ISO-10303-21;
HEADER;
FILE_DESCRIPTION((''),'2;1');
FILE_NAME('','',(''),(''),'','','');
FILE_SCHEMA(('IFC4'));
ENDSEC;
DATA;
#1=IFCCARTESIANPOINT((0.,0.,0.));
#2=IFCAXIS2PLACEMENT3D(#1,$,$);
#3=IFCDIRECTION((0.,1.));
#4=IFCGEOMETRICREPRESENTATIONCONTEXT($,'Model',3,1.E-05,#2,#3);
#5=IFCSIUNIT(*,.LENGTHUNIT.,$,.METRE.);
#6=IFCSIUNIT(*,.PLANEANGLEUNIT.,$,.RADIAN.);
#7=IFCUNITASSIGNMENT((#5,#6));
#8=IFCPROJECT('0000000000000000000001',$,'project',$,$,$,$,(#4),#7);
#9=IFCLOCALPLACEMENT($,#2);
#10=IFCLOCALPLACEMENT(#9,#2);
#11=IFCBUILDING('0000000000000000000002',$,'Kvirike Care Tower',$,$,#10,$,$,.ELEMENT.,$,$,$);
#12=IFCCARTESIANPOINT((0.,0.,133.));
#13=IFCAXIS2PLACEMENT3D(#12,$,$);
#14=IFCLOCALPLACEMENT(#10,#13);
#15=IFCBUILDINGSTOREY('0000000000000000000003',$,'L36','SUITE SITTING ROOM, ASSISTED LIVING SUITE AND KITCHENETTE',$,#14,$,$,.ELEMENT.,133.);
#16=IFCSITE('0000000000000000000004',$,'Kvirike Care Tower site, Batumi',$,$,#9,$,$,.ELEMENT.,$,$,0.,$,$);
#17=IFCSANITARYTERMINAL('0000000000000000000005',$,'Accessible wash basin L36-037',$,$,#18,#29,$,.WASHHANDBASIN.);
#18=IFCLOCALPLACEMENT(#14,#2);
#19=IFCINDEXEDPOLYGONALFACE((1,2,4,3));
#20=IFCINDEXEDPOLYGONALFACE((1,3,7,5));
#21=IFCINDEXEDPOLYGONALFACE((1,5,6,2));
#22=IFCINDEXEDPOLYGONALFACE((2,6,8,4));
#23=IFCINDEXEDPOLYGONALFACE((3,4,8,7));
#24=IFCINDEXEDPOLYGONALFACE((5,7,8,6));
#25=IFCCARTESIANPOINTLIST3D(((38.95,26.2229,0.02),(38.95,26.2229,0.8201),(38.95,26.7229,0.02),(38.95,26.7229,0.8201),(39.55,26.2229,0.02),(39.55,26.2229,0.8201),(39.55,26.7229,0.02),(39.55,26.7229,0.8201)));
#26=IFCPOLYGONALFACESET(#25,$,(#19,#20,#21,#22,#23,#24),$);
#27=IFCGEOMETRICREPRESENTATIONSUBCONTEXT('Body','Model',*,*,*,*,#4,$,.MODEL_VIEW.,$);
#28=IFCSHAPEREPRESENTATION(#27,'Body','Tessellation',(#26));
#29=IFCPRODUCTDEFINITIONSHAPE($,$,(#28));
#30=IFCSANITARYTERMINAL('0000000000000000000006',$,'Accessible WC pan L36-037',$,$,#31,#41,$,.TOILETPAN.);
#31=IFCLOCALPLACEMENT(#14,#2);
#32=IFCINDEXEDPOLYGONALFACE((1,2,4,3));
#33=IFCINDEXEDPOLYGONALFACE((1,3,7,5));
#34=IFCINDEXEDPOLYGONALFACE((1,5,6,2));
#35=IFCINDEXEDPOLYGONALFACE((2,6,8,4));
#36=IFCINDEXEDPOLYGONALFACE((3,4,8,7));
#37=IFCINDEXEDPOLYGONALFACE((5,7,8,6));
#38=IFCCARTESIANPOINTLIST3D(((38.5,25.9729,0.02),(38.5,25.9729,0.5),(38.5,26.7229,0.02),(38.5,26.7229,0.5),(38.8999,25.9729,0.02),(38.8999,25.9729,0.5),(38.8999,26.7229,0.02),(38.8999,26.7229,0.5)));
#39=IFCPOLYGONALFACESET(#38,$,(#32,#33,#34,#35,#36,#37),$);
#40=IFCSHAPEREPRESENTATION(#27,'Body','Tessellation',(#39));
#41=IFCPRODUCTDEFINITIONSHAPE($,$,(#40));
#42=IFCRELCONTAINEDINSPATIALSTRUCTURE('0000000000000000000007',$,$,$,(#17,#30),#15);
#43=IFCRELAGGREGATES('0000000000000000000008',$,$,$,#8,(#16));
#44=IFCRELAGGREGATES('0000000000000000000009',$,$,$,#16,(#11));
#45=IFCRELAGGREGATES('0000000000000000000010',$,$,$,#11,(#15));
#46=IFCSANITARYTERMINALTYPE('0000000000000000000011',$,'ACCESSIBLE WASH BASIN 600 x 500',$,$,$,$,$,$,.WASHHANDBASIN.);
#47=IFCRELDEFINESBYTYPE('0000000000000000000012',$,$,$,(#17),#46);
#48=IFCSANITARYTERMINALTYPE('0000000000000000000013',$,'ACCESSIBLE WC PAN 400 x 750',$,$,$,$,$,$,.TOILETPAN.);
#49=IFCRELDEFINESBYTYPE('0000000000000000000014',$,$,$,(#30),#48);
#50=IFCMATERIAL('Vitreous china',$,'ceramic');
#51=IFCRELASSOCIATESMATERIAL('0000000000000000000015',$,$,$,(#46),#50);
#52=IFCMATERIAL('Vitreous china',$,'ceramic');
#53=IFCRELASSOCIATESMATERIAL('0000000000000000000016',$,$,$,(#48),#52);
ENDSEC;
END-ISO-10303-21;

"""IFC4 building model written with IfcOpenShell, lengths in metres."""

from ifc_helpers import new_model, si_unit, direction, frame, origin, origin_2d, place, context, subcontext, project, spatial, rectangle, extrude, material, type_object, element, save


model = new_model("IFC4")

# Units and contexts
model_context = context("Model", 3, precision=1e-05, world=origin(), true_north=direction((0.0, 1.0)))
body_context = subcontext(model_context, "Body", "Model", "MODEL_VIEW")
ifc_project = project(units=[si_unit("LENGTHUNIT", "METRE"), si_unit("PLANEANGLEUNIT", "RADIAN")], contexts=[model_context])

# Site, building, storey
site_placement = place(None, origin())
site = spatial("IfcSite", under=ifc_project, at=site_placement, Name="Kvirike Care Tower site, Batumi", CompositionType="ELEMENT", RefElevation=0.0)
building_placement = place(site_placement, origin())
building = spatial("IfcBuilding", under=site, at=building_placement, Name="Kvirike Care Tower", CompositionType="ELEMENT")
storey_placement = place(building_placement, frame((0.0, 0.0, 133.0)))
storey = spatial("IfcBuildingStorey", under=building, at=storey_placement, Name="L36", Description="SUITE SITTING ROOM, ASSISTED LIVING SUITE AND KITCHENETTE", CompositionType="ELEMENT", Elevation=133.0)

# Sanitary terminals
ifc_material_1 = material(Name="Vitreous china", Category="ceramic")
sanitary_terminal_type_1 = type_object("IfcSanitaryTerminalType", Name="ACCESSIBLE WASH BASIN 600 x 500", PredefinedType="WASHHANDBASIN", material=ifc_material_1)
sanitary_terminal_1_placement = place(storey_placement, frame((39.25, 26.4729, 0.02), z_axis=(0.0, 0.0, 1.0), x_axis=(1.0, 0.0, 0.0)))
element("IfcSanitaryTerminal", 1, at=sanitary_terminal_1_placement, inside=storey, type_object=sanitary_terminal_type_1, Name="Accessible wash basin L36-037", PredefinedType="WASHHANDBASIN", context=body_context, shape_type="SweptSolid", body=[
    extrude(rectangle(XDim=0.6001, YDim=0.5, at=origin_2d()), origin(), (0.0, 0.0, 1.0), 0.8),
])
ifc_material_2 = material(Name="Vitreous china", Category="ceramic")
sanitary_terminal_type_2 = type_object("IfcSanitaryTerminalType", Name="ACCESSIBLE WC PAN 400 x 750", PredefinedType="TOILETPAN", material=ifc_material_2)
sanitary_terminal_2_placement = place(storey_placement, frame((38.7, 26.3479, 0.02), z_axis=(0.0, 0.0, 1.0), x_axis=(1.0, 0.0, 0.0)))
element("IfcSanitaryTerminal", 2, at=sanitary_terminal_2_placement, inside=storey, type_object=sanitary_terminal_type_2, Name="Accessible WC pan L36-037", PredefinedType="TOILETPAN", context=body_context, shape_type="SweptSolid", body=[
    extrude(rectangle(XDim=0.3999, YDim=0.75, at=origin_2d()), origin(), (0.0, 0.0, 1.0), 0.48),
])

save(model, "model.ifc")
